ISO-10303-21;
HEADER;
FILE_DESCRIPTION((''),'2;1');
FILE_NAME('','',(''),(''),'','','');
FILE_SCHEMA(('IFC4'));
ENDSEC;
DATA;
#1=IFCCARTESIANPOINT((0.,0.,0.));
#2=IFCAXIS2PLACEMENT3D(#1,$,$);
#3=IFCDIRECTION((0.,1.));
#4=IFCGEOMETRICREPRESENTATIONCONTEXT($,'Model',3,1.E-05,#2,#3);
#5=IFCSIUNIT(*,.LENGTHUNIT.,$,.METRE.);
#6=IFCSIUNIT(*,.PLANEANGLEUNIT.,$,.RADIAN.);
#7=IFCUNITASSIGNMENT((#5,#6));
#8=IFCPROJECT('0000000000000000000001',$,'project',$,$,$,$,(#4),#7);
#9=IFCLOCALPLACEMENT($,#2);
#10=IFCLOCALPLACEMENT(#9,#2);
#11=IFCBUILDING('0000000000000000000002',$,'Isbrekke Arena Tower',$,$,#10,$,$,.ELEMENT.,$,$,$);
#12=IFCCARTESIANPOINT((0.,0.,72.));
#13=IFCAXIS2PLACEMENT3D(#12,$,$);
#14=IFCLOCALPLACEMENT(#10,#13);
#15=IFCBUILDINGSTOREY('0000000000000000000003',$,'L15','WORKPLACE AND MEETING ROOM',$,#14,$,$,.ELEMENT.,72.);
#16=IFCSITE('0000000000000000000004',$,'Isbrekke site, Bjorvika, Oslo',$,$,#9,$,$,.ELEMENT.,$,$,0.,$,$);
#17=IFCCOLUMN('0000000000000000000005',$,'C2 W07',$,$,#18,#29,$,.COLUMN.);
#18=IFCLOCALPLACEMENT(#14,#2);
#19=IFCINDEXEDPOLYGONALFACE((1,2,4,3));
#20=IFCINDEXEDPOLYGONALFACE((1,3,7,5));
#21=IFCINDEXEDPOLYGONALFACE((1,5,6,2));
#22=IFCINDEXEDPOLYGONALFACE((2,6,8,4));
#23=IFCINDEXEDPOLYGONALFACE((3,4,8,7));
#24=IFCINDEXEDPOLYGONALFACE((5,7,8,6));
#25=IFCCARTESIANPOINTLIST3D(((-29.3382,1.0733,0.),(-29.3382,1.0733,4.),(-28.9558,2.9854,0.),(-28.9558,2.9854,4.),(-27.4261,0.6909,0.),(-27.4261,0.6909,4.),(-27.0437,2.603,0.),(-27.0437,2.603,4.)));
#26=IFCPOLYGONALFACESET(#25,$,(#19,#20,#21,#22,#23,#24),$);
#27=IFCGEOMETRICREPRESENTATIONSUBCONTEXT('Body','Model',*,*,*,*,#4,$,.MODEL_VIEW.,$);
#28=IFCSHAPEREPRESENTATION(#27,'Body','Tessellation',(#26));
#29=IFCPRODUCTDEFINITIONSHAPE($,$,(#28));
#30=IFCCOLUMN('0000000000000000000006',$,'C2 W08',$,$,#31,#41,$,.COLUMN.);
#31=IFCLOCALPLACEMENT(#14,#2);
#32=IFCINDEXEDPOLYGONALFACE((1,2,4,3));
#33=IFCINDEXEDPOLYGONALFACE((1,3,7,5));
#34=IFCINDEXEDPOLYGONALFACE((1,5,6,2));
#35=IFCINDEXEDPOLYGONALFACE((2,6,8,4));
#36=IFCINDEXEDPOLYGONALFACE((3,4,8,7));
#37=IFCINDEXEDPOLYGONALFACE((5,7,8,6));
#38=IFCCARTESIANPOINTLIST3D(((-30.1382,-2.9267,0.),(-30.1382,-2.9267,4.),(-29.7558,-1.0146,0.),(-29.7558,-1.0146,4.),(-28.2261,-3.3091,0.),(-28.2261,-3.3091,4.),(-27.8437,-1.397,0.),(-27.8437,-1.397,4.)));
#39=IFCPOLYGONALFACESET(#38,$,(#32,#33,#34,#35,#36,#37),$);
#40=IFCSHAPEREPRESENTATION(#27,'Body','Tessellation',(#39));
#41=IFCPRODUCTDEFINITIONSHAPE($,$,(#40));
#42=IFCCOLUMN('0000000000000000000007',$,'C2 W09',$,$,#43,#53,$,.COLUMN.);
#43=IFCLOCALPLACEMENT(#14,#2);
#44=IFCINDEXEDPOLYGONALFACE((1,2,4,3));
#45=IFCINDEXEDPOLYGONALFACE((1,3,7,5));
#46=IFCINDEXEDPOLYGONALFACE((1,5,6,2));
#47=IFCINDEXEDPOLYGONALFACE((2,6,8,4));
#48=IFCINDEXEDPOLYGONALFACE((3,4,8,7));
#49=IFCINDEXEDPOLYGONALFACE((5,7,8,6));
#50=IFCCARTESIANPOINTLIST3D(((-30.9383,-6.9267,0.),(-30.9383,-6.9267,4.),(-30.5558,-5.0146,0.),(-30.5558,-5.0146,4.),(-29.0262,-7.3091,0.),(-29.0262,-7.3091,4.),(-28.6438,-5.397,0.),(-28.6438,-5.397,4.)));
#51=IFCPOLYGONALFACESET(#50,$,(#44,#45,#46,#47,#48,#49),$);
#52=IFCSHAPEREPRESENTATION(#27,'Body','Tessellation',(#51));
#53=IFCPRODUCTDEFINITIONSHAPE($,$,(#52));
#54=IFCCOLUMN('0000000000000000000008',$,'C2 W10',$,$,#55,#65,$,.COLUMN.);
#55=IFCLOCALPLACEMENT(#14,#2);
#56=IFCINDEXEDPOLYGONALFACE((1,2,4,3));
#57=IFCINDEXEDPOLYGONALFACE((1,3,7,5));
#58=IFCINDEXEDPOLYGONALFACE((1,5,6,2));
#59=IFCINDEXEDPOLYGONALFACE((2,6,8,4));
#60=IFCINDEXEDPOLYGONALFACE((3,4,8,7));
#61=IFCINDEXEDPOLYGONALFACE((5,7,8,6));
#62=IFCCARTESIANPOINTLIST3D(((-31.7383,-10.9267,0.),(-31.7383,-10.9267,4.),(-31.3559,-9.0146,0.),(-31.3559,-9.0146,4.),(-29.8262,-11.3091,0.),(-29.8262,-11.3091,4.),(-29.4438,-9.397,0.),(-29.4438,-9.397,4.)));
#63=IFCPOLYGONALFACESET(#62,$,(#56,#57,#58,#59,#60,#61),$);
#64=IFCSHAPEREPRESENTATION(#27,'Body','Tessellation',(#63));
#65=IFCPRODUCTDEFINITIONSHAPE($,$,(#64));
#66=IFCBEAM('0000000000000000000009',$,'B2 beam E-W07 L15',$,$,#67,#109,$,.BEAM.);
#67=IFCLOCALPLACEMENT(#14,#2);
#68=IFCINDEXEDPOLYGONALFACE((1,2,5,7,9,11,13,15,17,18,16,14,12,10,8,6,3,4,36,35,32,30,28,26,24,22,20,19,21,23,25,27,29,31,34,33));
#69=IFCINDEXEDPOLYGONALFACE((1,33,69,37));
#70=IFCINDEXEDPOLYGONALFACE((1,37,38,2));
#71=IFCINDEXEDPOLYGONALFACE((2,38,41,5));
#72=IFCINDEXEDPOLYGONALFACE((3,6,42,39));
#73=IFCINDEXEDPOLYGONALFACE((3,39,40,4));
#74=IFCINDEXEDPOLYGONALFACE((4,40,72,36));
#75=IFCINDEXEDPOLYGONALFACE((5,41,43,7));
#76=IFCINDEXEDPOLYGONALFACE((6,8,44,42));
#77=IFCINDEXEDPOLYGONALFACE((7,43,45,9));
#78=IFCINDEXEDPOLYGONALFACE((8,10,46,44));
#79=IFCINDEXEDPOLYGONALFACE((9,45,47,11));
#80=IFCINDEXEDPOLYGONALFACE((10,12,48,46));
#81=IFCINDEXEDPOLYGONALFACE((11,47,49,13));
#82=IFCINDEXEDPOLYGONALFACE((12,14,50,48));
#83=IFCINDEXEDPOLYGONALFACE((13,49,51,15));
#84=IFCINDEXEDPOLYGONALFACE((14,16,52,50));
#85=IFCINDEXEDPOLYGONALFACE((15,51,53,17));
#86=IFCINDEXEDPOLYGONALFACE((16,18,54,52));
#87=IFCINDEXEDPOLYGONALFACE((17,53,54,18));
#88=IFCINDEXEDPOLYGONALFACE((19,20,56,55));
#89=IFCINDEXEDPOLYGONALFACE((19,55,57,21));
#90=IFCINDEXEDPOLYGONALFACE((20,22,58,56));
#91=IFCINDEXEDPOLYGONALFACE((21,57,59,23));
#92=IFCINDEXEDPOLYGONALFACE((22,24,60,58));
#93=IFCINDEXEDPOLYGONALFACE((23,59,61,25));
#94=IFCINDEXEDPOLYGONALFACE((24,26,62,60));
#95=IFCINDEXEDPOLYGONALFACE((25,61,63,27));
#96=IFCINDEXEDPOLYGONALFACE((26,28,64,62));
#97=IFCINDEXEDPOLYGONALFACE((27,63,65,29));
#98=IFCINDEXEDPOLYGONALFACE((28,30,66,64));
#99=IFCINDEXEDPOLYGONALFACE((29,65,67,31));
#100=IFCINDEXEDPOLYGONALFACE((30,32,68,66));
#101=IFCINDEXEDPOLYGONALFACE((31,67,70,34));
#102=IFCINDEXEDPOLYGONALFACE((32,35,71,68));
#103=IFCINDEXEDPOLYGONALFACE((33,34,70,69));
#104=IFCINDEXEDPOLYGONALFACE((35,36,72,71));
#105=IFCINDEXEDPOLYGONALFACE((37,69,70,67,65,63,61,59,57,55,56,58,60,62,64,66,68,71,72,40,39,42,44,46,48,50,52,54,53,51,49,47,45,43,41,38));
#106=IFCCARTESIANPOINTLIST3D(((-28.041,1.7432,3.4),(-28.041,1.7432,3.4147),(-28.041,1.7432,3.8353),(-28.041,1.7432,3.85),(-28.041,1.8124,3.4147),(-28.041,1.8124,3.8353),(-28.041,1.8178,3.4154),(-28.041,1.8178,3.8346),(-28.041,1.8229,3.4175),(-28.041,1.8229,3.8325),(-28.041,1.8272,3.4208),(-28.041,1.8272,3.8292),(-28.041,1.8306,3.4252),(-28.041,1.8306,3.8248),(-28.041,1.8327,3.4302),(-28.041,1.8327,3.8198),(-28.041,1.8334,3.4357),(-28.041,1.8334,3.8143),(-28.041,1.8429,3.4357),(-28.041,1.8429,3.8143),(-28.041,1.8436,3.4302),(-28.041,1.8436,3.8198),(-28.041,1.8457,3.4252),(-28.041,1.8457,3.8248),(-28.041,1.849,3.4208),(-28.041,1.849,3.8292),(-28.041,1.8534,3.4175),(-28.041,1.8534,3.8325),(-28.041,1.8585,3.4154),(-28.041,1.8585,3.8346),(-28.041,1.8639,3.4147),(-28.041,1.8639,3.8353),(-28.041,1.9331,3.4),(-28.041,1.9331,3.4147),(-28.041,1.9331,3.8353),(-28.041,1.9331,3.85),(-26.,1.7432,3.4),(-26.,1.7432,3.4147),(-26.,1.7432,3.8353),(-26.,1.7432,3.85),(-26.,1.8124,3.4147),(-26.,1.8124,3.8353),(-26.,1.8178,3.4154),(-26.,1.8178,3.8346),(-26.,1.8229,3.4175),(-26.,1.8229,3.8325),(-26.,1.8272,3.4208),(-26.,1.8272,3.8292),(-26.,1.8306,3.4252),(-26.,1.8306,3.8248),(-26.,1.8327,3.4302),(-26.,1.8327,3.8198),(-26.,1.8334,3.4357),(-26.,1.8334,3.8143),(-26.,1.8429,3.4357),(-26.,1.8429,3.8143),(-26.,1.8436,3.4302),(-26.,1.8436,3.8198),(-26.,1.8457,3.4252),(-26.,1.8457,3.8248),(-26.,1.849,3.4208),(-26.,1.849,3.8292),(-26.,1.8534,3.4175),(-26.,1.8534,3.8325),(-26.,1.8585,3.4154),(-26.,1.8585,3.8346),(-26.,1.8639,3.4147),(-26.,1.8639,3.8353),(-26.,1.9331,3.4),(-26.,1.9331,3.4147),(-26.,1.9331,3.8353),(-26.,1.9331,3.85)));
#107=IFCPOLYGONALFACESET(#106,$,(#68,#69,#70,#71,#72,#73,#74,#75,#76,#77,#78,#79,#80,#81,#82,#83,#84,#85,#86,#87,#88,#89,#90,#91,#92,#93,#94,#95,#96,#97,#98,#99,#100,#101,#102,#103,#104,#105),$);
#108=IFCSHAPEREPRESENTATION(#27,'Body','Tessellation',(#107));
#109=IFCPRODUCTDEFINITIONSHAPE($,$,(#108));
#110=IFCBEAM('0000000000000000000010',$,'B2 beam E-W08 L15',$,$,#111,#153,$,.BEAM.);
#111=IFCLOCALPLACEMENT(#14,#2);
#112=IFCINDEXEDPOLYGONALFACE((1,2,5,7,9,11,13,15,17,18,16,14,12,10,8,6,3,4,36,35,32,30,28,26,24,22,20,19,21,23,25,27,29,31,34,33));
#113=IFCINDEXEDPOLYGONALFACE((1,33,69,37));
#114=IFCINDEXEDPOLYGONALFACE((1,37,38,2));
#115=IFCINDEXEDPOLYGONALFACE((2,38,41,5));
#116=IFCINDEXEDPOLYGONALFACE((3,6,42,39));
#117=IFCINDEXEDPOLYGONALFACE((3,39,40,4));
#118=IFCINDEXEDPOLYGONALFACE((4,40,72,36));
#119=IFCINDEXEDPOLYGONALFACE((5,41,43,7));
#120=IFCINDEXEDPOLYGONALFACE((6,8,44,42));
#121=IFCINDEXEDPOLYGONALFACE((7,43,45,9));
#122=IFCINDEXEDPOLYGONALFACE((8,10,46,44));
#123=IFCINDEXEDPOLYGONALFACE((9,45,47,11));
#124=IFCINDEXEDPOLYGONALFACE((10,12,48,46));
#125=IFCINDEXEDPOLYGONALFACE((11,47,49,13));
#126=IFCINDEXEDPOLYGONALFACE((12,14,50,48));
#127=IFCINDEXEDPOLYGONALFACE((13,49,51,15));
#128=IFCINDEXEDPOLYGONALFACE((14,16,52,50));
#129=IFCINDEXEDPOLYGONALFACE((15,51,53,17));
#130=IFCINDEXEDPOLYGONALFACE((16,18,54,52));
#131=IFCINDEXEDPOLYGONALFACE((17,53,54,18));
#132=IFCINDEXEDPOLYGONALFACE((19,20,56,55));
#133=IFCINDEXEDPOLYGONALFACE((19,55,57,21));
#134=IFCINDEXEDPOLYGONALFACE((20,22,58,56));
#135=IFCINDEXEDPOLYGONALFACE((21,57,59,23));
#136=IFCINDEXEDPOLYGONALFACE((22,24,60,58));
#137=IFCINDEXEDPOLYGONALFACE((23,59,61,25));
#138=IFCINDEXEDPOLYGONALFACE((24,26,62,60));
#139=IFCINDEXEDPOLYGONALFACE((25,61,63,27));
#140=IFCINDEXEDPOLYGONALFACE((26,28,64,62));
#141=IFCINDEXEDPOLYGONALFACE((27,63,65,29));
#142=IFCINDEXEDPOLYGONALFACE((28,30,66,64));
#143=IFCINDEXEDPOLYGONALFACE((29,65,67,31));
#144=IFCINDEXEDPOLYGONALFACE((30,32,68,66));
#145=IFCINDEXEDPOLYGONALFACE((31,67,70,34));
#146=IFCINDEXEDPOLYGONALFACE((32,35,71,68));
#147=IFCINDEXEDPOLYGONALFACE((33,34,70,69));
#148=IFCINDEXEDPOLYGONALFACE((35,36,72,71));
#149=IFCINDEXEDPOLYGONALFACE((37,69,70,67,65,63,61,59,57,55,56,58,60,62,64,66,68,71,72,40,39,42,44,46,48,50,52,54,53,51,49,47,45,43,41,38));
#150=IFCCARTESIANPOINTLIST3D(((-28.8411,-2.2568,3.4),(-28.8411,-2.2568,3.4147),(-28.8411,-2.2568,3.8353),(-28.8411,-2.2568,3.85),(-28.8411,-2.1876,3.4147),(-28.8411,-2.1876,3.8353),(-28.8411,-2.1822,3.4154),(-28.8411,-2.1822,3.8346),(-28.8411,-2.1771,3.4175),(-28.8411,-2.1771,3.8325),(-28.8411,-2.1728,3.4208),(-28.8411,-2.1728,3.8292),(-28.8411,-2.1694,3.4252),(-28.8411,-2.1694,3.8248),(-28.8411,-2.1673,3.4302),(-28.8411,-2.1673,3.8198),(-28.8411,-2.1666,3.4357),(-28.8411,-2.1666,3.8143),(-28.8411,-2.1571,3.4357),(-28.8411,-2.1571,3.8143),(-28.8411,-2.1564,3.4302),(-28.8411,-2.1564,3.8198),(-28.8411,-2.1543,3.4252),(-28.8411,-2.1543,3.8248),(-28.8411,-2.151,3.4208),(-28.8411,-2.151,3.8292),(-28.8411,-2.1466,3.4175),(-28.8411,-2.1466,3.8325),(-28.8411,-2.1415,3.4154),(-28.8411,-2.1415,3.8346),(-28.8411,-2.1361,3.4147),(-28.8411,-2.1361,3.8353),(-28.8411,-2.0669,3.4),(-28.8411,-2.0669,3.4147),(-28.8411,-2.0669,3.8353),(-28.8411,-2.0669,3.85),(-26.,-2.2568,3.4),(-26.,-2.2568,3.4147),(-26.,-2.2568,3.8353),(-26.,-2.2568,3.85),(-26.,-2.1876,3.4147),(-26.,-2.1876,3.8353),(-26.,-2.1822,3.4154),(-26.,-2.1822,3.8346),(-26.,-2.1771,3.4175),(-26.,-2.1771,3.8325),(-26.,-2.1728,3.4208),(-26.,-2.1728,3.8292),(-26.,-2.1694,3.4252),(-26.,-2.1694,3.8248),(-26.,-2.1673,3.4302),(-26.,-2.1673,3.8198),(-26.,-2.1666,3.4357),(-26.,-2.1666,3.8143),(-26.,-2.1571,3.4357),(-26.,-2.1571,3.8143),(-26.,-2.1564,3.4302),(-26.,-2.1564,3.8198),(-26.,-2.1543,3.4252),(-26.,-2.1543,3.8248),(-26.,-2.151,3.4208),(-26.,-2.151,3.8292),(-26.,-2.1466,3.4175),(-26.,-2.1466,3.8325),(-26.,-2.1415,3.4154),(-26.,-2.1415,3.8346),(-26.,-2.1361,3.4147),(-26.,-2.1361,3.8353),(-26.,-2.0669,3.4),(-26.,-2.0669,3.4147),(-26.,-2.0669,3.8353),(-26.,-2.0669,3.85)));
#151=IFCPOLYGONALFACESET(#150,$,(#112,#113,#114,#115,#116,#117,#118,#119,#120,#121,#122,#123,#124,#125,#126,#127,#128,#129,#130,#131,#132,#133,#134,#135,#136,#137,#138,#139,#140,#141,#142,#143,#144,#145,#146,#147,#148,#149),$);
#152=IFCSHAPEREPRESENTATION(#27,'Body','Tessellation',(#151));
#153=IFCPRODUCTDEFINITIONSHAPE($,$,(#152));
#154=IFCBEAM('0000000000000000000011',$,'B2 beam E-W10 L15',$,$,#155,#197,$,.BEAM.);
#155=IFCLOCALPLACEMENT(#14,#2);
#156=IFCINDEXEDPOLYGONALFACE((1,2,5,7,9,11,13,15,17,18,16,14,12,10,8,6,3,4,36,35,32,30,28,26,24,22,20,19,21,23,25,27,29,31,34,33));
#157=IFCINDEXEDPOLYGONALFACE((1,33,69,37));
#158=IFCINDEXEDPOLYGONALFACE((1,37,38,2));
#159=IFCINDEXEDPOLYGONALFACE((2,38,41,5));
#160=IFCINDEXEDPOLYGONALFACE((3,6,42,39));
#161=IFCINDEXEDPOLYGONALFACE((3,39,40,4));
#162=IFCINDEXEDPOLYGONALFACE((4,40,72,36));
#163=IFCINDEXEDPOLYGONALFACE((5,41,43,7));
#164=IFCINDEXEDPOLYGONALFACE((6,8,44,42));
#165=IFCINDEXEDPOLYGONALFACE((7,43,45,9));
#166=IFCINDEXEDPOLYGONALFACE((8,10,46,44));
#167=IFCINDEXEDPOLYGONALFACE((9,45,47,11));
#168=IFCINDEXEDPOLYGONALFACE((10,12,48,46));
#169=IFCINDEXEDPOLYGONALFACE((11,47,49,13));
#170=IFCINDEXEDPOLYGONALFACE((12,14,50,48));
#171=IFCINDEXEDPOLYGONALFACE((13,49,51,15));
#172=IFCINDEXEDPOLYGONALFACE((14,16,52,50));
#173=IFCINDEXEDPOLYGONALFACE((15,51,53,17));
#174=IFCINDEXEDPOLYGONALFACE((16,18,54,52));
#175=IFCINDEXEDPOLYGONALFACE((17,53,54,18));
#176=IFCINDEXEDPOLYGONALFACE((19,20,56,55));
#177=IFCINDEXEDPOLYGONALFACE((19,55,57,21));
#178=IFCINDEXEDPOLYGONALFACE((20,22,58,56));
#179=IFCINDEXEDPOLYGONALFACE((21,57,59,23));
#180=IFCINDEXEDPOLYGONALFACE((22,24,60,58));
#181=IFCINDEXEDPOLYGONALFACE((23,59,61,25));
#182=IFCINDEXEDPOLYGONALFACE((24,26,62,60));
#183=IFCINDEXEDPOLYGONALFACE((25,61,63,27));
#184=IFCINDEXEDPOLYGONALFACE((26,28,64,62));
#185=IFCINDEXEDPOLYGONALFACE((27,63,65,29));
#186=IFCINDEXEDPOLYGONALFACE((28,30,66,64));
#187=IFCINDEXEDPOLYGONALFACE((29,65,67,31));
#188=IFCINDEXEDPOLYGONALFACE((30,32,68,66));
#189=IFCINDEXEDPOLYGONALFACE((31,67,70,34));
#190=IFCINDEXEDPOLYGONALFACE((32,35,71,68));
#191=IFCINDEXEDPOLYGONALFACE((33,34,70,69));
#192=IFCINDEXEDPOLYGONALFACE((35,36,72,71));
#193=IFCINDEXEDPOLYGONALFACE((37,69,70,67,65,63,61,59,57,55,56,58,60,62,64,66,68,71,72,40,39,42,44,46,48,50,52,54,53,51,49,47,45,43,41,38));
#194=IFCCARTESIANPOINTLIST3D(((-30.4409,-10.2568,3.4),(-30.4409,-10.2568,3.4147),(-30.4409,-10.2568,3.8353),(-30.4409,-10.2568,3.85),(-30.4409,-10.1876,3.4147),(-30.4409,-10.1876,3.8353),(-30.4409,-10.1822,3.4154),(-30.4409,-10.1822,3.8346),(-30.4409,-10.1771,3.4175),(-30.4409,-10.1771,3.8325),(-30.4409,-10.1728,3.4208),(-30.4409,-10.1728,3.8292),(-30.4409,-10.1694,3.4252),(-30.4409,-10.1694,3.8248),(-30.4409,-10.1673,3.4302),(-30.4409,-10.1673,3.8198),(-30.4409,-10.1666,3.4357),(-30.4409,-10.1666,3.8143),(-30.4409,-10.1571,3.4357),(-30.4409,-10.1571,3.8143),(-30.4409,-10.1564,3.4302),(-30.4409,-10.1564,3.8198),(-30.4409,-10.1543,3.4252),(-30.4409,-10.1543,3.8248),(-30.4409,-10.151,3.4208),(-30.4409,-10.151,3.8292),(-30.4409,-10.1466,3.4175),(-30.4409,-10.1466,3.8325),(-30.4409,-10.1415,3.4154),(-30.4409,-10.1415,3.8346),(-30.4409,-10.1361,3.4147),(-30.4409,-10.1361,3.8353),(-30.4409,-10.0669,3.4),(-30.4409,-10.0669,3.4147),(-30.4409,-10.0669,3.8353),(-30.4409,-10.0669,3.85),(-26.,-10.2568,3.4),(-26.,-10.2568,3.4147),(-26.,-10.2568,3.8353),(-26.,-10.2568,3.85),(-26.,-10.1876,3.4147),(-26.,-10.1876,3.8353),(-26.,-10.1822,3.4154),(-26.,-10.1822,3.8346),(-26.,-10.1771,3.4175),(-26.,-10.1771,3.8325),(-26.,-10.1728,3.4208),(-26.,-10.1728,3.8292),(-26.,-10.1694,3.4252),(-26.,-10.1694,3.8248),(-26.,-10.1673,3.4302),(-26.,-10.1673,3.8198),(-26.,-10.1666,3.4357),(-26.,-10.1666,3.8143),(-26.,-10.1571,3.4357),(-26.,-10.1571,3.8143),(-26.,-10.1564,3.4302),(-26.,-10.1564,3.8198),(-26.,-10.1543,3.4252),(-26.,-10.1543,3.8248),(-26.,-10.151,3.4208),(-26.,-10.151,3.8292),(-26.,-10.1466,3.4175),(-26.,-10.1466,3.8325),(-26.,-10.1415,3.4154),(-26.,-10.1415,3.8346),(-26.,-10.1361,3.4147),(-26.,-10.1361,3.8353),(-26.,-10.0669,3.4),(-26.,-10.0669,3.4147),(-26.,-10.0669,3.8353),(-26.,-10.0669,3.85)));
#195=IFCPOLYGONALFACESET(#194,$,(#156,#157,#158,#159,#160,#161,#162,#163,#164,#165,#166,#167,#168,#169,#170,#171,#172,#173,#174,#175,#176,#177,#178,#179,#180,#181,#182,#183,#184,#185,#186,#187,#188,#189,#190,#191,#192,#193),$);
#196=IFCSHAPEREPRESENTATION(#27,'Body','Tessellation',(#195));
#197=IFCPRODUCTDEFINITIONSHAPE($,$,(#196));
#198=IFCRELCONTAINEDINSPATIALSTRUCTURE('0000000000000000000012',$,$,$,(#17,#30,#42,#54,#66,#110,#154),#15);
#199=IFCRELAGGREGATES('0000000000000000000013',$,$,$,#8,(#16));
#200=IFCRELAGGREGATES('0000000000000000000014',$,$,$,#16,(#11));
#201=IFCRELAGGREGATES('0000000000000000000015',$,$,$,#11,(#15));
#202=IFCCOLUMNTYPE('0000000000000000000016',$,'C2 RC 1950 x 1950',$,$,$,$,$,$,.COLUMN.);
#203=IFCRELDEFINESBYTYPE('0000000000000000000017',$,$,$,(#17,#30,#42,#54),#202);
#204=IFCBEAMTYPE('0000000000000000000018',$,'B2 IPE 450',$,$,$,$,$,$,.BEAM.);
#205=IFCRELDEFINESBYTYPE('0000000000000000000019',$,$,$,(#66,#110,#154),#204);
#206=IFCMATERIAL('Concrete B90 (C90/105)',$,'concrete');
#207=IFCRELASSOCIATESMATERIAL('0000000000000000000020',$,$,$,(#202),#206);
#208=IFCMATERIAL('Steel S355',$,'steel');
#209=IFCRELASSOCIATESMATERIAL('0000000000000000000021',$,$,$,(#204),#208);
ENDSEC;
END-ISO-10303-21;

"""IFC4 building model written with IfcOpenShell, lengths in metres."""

from ifc_helpers import new_model, si_unit, direction, frame, origin, origin_2d, place, context, subcontext, project, spatial, rectangle, i_section, extrude, material, material_profile, profile_set, type_object, element, save


model = new_model("IFC4")

# Units and contexts
model_context = context("Model", 3, precision=1e-05, world=origin(), true_north=direction((0.0, 1.0)))
body_context = subcontext(model_context, "Body", "Model", "MODEL_VIEW")
ifc_project = project(units=[si_unit("LENGTHUNIT", "METRE"), si_unit("PLANEANGLEUNIT", "RADIAN")], contexts=[model_context])

# Site, building, storey
site_placement = place(None, origin())
site = spatial("IfcSite", under=ifc_project, at=site_placement, Name="Isbrekke site, Bjorvika, Oslo", CompositionType="ELEMENT", RefElevation=0.0)
building_placement = place(site_placement, origin())
building = spatial("IfcBuilding", under=site, at=building_placement, Name="Isbrekke Arena Tower", CompositionType="ELEMENT")
storey_placement = place(building_placement, frame((0.0, 0.0, 72.0)))
storey = spatial("IfcBuildingStorey", under=building, at=storey_placement, Name="L15", Description="WORKPLACE AND MEETING ROOM", CompositionType="ELEMENT", Elevation=72.0)

# Columns
ifc_material_1 = material(Name="Concrete B90 (C90/105)", Category="concrete")
ifc_material_profile_1 = material_profile(ifc_material_1, rectangle(XDim=1.95, YDim=1.95, at=origin_2d()), Name="RC 1950x1950")
ifc_profile_set_1 = profile_set([ifc_material_profile_1], Name="Concrete B90 (C90/105)")
column_type = type_object("IfcColumnType", Name="C2 RC 1950 x 1950", PredefinedType="COLUMN", material=ifc_profile_set_1)
for number, where, z_axis, x_axis, name in (
    (1, (-28.1909, 1.8381, 0.0), (0.0, 0.0, 1.0), (-0.196116, -0.980581, 0.0), "C2 W07"),
    (2, (-28.991, -2.1619, 0.0), (0.0, 0.0, 1.0), (-0.196116, -0.980581, 0.0), "C2 W08"),
    (3, (-29.791, -6.1619, 0.0), (0.0, 0.0, 1.0), (-0.196116, -0.980581, 0.0), "C2 W09"),
    (4, (-30.5911, -10.1619, 0.0), (0.0, 0.0, 1.0), (-0.196116, -0.980581, 0.0), "C2 W10"),
):
    element("IfcColumn", number, at=place(storey_placement, frame(where, z_axis=z_axis, x_axis=x_axis)), inside=storey, type_object=column_type, Name=name, PredefinedType="COLUMN", context=body_context, shape_type="SweptSolid", body=[
        extrude(rectangle(XDim=1.95, YDim=1.95, at=origin_2d()), origin(), (0.0, 0.0, 1.0), 4.0),
    ])

# Beams
ifc_material_2 = material(Name="Steel S355", Category="steel")
ifc_material_profile_2 = material_profile(ifc_material_2, i_section(OverallWidth=0.1899, OverallDepth=0.45, WebThickness=0.0095, FlangeThickness=0.0146, FilletRadius=0.021, at=origin_2d()), Name="IPE 450")
ifc_profile_set_2 = profile_set([ifc_material_profile_2], Name="Steel S355")
beam_type_1 = type_object("IfcBeamType", Name="B2 IPE 450", PredefinedType="BEAM", material=ifc_profile_set_2)
beam_1_placement = place(storey_placement, frame((-28.041, 1.8381, 3.625), z_axis=(1.0, 0.0, 0.0), x_axis=(0.0, 1.0, 0.0)))
element("IfcBeam", 5, at=beam_1_placement, inside=storey, type_object=beam_type_1, Name="B2 beam E-W07 L15", PredefinedType="BEAM", context=body_context, shape_type="SweptSolid", body=[
    extrude(i_section(OverallWidth=0.1899, OverallDepth=0.45, WebThickness=0.0095, FlangeThickness=0.0146, FilletRadius=0.021, at=origin_2d()), origin(), (0.0, 0.0, 1.0), 2.041),
])
beam_2_placement = place(storey_placement, frame((-28.8411, -2.1619, 3.625), z_axis=(1.0, 0.0, 0.0), x_axis=(0.0, 1.0, 0.0)))
element("IfcBeam", 6, at=beam_2_placement, inside=storey, type_object=beam_type_1, Name="B2 beam E-W08 L15", PredefinedType="BEAM", context=body_context, shape_type="SweptSolid", body=[
    extrude(i_section(OverallWidth=0.1899, OverallDepth=0.45, WebThickness=0.0095, FlangeThickness=0.0146, FilletRadius=0.021, at=origin_2d()), origin(), (0.0, 0.0, 1.0), 2.8411),
])
beam_3_placement = place(storey_placement, frame((-30.4409, -10.1619, 3.625), z_axis=(1.0, 0.0, 0.0), x_axis=(0.0, 1.0, 0.0)))
element("IfcBeam", 7, at=beam_3_placement, inside=storey, type_object=beam_type_1, Name="B2 beam E-W10 L15", PredefinedType="BEAM", context=body_context, shape_type="SweptSolid", body=[
    extrude(i_section(OverallWidth=0.1899, OverallDepth=0.45, WebThickness=0.0095, FlangeThickness=0.0146, FilletRadius=0.021, at=origin_2d()), origin(), (0.0, 0.0, 1.0), 4.4409),
])

save(model, "model.ifc")
